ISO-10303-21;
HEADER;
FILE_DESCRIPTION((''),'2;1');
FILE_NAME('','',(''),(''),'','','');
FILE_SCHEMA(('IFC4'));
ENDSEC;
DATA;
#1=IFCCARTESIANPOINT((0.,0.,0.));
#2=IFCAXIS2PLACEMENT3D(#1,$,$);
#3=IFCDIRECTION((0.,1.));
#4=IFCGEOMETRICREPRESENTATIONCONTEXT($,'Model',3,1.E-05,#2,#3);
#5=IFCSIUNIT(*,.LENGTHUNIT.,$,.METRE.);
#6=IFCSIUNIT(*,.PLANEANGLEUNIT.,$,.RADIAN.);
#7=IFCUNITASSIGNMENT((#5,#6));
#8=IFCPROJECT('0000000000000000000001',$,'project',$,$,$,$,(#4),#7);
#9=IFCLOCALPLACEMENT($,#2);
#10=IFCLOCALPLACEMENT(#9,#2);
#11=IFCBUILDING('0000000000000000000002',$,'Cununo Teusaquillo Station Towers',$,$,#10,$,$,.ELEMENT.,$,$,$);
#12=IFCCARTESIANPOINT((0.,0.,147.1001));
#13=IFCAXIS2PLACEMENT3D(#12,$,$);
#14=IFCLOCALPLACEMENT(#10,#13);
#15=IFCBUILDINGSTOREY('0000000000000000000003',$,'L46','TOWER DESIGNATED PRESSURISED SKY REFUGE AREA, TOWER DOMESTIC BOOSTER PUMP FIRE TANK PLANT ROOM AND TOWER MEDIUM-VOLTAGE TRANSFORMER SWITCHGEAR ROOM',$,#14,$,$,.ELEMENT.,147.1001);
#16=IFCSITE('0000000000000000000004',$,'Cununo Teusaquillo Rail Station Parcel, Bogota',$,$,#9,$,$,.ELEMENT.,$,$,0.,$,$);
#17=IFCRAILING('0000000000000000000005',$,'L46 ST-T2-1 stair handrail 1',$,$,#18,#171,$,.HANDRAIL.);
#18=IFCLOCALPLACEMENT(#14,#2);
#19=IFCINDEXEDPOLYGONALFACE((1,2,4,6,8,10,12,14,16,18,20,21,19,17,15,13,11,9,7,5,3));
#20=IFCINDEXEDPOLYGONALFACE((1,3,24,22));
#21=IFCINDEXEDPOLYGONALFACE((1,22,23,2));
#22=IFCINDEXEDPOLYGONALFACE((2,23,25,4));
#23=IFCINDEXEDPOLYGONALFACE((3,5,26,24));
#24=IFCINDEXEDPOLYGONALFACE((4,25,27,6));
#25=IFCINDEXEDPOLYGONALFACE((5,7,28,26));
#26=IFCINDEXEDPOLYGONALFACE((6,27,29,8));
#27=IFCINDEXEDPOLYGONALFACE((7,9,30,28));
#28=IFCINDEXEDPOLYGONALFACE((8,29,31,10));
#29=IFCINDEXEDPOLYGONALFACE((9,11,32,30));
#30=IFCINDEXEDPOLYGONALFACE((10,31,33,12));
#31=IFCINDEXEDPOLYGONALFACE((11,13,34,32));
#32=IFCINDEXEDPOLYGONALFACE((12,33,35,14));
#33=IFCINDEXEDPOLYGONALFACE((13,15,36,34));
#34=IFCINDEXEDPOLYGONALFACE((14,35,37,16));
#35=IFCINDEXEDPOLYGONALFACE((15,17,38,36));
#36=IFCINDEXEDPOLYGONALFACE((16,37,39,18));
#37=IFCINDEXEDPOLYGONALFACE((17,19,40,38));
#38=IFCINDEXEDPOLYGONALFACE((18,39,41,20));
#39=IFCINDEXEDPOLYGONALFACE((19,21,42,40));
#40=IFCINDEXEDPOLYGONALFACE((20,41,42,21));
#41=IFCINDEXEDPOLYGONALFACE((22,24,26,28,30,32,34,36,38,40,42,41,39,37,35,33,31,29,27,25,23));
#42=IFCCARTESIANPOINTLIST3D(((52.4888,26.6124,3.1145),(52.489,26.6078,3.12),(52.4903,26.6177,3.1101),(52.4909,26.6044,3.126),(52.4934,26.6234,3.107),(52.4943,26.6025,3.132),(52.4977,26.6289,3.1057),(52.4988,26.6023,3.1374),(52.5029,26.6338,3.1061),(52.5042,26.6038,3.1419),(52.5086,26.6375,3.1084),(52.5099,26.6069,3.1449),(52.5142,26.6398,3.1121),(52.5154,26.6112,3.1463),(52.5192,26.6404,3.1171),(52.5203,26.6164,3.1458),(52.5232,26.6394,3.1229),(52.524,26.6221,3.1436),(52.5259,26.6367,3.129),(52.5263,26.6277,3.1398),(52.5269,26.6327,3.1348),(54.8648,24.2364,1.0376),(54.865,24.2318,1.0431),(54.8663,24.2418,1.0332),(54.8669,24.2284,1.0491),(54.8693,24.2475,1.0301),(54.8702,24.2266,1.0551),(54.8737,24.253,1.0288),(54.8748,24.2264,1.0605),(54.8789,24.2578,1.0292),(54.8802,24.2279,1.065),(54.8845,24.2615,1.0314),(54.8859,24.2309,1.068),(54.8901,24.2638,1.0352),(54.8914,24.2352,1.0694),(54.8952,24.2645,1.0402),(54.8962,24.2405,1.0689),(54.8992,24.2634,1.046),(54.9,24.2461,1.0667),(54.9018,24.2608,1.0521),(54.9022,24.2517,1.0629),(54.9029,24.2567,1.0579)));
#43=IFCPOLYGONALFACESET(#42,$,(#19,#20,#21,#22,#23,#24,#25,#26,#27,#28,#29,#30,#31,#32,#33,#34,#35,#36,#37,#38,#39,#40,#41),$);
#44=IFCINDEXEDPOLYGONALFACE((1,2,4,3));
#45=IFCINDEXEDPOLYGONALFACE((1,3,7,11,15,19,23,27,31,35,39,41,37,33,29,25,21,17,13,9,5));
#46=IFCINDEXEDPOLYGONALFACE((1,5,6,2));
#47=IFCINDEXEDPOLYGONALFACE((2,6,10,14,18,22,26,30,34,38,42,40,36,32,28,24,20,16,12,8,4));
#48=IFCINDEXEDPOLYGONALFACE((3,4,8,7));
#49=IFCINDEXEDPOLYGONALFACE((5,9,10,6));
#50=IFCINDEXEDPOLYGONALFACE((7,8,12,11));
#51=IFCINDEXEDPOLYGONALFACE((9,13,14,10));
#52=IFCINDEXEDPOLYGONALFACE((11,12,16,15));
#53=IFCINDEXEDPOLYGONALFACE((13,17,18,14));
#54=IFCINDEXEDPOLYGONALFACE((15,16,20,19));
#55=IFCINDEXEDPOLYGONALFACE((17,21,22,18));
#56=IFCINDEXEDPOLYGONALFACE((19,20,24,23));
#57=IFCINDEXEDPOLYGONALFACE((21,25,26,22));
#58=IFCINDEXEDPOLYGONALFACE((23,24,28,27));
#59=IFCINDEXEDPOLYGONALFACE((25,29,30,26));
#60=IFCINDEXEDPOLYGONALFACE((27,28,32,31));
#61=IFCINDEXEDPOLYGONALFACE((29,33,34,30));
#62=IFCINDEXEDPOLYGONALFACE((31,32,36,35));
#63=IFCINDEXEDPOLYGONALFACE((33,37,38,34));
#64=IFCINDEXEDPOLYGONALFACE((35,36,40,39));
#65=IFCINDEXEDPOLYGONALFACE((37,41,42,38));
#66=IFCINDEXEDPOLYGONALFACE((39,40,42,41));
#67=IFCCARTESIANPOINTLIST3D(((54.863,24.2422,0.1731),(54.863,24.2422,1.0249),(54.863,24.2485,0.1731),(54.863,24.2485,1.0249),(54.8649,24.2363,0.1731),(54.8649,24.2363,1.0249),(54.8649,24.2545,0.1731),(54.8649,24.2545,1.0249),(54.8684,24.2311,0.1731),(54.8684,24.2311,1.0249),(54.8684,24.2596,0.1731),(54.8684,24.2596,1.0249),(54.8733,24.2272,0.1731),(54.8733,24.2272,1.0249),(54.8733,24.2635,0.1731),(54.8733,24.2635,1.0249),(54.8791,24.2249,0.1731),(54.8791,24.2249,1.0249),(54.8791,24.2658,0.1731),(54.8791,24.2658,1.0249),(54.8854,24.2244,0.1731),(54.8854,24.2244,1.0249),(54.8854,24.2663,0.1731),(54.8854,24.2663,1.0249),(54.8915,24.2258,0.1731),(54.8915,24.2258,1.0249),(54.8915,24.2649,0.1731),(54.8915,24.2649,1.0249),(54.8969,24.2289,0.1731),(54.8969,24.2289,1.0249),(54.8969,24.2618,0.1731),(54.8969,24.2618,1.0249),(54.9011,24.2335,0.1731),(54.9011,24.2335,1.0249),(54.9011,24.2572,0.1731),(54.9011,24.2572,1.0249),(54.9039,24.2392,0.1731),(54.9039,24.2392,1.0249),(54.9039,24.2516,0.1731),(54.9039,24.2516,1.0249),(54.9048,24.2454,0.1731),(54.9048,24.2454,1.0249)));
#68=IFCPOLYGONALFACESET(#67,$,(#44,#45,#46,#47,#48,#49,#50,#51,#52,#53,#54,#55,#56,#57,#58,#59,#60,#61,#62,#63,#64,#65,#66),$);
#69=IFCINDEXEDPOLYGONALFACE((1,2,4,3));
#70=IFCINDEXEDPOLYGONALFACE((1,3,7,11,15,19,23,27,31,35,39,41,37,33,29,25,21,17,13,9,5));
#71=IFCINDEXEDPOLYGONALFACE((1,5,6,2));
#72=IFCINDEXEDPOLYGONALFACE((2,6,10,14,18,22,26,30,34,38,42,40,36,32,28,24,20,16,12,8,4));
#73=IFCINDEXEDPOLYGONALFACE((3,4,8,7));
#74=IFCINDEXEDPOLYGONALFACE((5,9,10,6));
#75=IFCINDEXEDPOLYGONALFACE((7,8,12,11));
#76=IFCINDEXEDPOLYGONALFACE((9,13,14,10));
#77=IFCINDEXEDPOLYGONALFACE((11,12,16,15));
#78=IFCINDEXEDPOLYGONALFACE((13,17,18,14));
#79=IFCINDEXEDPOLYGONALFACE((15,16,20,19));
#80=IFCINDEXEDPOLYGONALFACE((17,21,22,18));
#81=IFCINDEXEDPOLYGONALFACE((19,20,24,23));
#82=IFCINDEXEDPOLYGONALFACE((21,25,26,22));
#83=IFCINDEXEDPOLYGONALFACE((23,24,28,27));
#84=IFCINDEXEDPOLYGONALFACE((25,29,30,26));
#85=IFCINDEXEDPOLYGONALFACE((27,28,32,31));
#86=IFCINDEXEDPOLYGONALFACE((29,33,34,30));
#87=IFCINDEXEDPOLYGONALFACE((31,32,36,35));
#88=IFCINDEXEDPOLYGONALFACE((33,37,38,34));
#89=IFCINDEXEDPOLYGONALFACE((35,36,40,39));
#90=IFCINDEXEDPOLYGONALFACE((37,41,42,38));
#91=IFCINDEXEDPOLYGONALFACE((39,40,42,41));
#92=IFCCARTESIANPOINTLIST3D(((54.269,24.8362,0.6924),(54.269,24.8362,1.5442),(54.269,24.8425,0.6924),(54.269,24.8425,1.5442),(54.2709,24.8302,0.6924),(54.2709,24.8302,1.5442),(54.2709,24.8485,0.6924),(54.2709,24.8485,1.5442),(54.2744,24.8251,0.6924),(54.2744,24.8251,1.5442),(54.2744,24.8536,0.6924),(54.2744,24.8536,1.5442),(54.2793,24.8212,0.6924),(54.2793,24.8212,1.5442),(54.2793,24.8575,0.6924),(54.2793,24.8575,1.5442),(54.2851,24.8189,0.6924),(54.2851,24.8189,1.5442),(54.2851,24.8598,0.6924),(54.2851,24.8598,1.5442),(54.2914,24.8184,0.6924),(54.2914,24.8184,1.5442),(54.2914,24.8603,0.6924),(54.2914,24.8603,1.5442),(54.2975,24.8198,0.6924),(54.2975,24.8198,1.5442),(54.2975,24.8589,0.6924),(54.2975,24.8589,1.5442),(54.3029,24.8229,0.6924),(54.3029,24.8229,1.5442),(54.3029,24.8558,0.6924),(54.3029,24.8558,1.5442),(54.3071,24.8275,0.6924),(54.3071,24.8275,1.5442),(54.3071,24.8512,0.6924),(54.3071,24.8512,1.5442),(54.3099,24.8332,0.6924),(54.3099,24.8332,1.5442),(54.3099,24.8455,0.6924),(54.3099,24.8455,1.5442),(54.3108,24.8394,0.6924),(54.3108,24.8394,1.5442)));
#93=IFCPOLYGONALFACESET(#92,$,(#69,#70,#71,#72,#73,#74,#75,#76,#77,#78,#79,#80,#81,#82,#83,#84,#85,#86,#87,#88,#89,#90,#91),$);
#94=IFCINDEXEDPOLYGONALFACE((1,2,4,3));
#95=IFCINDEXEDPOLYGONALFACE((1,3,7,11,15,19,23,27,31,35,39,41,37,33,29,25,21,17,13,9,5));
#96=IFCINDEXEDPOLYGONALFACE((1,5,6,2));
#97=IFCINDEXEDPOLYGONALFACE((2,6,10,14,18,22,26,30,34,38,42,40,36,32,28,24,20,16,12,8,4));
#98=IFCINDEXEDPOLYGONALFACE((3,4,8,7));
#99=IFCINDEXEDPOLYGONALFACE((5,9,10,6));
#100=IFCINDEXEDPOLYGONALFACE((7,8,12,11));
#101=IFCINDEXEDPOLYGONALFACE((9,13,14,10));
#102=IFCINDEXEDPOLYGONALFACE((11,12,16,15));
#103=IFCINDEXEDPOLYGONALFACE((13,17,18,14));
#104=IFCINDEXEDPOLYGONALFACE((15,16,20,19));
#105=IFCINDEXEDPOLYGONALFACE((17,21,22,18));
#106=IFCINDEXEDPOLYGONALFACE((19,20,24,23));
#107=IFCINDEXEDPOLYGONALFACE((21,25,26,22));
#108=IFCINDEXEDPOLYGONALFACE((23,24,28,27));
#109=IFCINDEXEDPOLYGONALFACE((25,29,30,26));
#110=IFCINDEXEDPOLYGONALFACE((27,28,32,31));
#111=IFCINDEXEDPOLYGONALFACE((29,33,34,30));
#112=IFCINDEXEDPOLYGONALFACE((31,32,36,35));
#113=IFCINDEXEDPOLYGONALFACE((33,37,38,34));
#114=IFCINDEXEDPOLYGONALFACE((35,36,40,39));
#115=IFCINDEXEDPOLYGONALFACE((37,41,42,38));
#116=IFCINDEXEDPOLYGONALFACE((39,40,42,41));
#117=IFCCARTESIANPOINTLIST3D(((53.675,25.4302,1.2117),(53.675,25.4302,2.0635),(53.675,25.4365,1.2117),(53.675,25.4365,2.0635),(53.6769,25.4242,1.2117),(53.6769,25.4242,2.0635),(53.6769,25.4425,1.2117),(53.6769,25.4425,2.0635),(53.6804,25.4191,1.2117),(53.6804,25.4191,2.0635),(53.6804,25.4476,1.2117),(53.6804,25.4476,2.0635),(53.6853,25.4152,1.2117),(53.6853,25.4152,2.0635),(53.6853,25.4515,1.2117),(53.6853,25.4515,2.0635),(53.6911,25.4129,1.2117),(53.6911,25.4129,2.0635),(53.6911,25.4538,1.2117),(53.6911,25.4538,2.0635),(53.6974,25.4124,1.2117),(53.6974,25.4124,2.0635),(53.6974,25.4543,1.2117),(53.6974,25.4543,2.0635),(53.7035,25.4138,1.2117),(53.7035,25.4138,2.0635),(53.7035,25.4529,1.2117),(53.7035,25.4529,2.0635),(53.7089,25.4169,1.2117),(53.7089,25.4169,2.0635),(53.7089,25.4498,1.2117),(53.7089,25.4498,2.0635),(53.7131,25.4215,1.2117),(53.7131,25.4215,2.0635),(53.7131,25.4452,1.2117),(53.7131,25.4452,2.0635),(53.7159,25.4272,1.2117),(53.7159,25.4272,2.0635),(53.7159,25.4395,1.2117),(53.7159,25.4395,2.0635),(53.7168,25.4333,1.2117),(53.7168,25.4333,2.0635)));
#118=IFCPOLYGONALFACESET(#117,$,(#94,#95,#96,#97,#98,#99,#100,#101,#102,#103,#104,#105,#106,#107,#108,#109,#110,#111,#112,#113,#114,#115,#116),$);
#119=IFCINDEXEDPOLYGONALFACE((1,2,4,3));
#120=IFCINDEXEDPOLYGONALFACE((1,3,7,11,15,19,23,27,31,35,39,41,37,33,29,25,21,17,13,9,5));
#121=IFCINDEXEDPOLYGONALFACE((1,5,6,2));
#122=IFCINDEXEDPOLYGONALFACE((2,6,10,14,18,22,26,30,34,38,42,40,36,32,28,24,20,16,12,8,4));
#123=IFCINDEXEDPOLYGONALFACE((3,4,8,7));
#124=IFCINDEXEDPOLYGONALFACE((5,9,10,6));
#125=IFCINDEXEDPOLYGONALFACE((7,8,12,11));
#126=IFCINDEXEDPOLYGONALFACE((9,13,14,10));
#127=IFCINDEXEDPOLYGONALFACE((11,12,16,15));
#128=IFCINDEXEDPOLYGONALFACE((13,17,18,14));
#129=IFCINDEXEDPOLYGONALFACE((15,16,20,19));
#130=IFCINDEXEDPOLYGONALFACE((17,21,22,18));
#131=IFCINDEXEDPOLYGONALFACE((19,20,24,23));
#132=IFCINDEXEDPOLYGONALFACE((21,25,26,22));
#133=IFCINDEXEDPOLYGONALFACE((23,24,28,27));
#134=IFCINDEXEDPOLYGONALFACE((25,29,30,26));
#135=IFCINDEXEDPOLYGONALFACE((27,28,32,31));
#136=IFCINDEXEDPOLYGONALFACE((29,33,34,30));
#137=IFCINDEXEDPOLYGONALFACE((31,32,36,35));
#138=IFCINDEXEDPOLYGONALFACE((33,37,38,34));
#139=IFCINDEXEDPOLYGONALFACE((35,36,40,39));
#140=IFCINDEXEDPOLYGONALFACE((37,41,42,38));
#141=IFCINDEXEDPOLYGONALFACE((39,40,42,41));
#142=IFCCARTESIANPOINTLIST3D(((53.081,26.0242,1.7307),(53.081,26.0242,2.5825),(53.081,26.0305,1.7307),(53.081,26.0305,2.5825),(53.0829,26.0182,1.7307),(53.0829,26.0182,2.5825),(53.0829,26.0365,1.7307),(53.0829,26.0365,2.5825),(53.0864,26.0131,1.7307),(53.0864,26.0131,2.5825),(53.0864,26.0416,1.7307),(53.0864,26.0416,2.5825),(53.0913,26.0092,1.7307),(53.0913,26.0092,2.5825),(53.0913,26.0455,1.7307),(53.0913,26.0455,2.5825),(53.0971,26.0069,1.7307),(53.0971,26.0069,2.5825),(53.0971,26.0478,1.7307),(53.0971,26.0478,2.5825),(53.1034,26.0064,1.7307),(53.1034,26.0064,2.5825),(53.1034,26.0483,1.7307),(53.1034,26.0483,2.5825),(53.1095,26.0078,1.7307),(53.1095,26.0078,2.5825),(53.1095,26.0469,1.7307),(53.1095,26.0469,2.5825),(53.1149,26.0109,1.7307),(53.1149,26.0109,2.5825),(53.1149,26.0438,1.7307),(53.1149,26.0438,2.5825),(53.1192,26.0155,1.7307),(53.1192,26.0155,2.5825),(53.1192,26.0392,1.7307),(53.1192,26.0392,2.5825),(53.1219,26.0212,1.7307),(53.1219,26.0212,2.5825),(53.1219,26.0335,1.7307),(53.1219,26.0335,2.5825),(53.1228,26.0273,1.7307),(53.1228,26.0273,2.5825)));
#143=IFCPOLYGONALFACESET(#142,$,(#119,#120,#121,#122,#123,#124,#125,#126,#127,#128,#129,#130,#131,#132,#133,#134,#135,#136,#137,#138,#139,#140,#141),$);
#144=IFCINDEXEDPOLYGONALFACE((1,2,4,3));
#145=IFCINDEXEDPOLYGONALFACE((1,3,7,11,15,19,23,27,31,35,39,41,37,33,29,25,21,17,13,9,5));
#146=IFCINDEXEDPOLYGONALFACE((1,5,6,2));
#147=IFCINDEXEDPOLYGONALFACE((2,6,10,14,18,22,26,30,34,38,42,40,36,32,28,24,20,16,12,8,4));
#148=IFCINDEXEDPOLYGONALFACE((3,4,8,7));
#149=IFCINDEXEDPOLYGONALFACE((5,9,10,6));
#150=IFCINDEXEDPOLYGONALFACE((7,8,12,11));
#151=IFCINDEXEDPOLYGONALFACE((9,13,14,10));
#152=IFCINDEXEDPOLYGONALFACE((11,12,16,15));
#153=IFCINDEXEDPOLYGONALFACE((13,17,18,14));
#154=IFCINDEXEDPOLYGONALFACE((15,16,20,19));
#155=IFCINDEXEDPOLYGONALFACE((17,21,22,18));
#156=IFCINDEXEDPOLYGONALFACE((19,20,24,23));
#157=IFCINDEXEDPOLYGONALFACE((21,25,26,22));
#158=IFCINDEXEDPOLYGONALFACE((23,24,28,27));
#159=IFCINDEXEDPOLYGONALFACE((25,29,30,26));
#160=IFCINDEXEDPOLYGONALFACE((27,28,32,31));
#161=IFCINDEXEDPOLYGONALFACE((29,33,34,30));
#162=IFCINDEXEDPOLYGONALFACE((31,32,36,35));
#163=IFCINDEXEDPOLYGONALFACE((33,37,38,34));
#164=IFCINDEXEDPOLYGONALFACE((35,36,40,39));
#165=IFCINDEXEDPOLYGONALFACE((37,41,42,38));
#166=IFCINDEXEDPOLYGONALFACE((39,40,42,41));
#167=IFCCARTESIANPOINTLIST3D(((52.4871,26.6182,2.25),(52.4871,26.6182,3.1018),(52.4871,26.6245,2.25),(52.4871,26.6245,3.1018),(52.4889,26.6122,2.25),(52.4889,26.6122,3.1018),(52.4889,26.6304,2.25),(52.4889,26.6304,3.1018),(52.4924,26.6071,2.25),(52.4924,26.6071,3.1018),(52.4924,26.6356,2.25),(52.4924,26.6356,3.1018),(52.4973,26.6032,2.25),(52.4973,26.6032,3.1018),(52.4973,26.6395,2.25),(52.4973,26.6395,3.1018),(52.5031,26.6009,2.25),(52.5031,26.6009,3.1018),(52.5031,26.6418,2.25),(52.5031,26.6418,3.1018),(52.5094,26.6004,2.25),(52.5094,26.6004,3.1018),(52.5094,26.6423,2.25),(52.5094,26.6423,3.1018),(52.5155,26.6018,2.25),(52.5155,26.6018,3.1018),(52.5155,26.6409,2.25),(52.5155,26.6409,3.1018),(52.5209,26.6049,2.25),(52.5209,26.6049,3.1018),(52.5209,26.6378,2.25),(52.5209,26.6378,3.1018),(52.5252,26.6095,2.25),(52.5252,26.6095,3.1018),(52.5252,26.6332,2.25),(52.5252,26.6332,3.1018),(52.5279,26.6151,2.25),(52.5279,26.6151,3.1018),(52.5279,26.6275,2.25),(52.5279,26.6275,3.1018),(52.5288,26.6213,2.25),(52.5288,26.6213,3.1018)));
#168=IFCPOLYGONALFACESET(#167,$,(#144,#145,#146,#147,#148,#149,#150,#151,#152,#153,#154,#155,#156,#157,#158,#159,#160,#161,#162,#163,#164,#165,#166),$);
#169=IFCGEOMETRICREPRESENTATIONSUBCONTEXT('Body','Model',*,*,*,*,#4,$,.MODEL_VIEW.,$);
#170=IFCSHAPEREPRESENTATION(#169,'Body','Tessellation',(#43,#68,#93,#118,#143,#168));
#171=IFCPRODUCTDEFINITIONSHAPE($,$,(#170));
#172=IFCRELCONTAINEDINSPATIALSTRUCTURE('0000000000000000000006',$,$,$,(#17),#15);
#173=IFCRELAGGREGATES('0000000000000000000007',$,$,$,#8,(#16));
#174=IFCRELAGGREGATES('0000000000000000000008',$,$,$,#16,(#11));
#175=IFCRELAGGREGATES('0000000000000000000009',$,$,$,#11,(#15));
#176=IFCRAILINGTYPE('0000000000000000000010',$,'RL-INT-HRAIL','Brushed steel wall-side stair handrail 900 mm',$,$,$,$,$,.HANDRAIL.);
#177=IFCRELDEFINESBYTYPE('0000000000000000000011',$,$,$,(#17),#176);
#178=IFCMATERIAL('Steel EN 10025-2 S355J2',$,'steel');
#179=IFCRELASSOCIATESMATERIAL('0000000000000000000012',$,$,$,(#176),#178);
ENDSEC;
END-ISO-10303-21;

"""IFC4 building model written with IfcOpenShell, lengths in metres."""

from ifc_helpers import new_model, si_unit, direction, frame, origin, origin_2d, place, context, subcontext, project, spatial, circle, extrude, material, type_object, element, save


model = new_model("IFC4")

# Units and contexts
model_context = context("Model", 3, precision=1e-05, world=origin(), true_north=direction((0.0, 1.0)))
body_context = subcontext(model_context, "Body", "Model", "MODEL_VIEW")
ifc_project = project(units=[si_unit("LENGTHUNIT", "METRE"), si_unit("PLANEANGLEUNIT", "RADIAN")], contexts=[model_context])

# Site, building, storey
site_placement = place(None, origin())
site = spatial("IfcSite", under=ifc_project, at=site_placement, Name="Cununo Teusaquillo Rail Station Parcel, Bogota", CompositionType="ELEMENT", RefElevation=0.0)
building_placement = place(site_placement, origin())
building = spatial("IfcBuilding", under=site, at=building_placement, Name="Cununo Teusaquillo Station Towers", CompositionType="ELEMENT")
storey_placement = place(building_placement, frame((0.0, 0.0, 147.1001)))
storey = spatial("IfcBuildingStorey", under=building, at=storey_placement, Name="L46", Description="TOWER DESIGNATED PRESSURISED SKY REFUGE AREA, TOWER DOMESTIC BOOSTER PUMP FIRE TANK PLANT ROOM AND TOWER MEDIUM-VOLTAGE TRANSFORMER SWITCHGEAR ROOM", CompositionType="ELEMENT", Elevation=147.1001)

# Railing
ifc_material_1 = material(Name="Steel EN 10025-2 S355J2", Category="steel")
railing_type_1 = type_object("IfcRailingType", Name="RL-INT-HRAIL", Description="Brushed steel wall-side stair handrail 900 mm", PredefinedType="HANDRAIL", material=ifc_material_1)
railing_1_placement = place(storey_placement, frame((54.8838, 24.2454, 0.1731)))
element("IfcRailing", 1, at=railing_1_placement, inside=storey, type_object=railing_type_1, Name="L46 ST-T2-1 stair handrail 1", PredefinedType="HANDRAIL", context=body_context, shape_type="SweptSolid", body=[
    extrude(circle(Radius=0.0239, at=origin_2d()), frame((0.0, 0.0, 0.876), z_axis=(-0.601483, 0.601483, 0.525772), x_axis=(-0.707107, -0.707107, 0.0)), (0.0, 0.0, 1.0), 3.9502),
    extrude(circle(Radius=0.021, at=origin_2d()), origin(), (0.0, 0.0, 1.0), 0.8518),
    extrude(circle(Radius=0.021, at=origin_2d()), frame((-0.594, 0.594, 0.5193)), (0.0, 0.0, 1.0), 0.8518),
    extrude(circle(Radius=0.021, at=origin_2d()), frame((-1.188, 1.188, 1.0386)), (0.0, 0.0, 1.0), 0.8518),
    extrude(circle(Radius=0.021, at=origin_2d()), frame((-1.782, 1.782, 1.5576)), (0.0, 0.0, 1.0), 0.8518),
    extrude(circle(Radius=0.021, at=origin_2d()), frame((-2.376, 2.376, 2.0769)), (0.0, 0.0, 1.0), 0.8518),
])

save(model, "model.ifc")
